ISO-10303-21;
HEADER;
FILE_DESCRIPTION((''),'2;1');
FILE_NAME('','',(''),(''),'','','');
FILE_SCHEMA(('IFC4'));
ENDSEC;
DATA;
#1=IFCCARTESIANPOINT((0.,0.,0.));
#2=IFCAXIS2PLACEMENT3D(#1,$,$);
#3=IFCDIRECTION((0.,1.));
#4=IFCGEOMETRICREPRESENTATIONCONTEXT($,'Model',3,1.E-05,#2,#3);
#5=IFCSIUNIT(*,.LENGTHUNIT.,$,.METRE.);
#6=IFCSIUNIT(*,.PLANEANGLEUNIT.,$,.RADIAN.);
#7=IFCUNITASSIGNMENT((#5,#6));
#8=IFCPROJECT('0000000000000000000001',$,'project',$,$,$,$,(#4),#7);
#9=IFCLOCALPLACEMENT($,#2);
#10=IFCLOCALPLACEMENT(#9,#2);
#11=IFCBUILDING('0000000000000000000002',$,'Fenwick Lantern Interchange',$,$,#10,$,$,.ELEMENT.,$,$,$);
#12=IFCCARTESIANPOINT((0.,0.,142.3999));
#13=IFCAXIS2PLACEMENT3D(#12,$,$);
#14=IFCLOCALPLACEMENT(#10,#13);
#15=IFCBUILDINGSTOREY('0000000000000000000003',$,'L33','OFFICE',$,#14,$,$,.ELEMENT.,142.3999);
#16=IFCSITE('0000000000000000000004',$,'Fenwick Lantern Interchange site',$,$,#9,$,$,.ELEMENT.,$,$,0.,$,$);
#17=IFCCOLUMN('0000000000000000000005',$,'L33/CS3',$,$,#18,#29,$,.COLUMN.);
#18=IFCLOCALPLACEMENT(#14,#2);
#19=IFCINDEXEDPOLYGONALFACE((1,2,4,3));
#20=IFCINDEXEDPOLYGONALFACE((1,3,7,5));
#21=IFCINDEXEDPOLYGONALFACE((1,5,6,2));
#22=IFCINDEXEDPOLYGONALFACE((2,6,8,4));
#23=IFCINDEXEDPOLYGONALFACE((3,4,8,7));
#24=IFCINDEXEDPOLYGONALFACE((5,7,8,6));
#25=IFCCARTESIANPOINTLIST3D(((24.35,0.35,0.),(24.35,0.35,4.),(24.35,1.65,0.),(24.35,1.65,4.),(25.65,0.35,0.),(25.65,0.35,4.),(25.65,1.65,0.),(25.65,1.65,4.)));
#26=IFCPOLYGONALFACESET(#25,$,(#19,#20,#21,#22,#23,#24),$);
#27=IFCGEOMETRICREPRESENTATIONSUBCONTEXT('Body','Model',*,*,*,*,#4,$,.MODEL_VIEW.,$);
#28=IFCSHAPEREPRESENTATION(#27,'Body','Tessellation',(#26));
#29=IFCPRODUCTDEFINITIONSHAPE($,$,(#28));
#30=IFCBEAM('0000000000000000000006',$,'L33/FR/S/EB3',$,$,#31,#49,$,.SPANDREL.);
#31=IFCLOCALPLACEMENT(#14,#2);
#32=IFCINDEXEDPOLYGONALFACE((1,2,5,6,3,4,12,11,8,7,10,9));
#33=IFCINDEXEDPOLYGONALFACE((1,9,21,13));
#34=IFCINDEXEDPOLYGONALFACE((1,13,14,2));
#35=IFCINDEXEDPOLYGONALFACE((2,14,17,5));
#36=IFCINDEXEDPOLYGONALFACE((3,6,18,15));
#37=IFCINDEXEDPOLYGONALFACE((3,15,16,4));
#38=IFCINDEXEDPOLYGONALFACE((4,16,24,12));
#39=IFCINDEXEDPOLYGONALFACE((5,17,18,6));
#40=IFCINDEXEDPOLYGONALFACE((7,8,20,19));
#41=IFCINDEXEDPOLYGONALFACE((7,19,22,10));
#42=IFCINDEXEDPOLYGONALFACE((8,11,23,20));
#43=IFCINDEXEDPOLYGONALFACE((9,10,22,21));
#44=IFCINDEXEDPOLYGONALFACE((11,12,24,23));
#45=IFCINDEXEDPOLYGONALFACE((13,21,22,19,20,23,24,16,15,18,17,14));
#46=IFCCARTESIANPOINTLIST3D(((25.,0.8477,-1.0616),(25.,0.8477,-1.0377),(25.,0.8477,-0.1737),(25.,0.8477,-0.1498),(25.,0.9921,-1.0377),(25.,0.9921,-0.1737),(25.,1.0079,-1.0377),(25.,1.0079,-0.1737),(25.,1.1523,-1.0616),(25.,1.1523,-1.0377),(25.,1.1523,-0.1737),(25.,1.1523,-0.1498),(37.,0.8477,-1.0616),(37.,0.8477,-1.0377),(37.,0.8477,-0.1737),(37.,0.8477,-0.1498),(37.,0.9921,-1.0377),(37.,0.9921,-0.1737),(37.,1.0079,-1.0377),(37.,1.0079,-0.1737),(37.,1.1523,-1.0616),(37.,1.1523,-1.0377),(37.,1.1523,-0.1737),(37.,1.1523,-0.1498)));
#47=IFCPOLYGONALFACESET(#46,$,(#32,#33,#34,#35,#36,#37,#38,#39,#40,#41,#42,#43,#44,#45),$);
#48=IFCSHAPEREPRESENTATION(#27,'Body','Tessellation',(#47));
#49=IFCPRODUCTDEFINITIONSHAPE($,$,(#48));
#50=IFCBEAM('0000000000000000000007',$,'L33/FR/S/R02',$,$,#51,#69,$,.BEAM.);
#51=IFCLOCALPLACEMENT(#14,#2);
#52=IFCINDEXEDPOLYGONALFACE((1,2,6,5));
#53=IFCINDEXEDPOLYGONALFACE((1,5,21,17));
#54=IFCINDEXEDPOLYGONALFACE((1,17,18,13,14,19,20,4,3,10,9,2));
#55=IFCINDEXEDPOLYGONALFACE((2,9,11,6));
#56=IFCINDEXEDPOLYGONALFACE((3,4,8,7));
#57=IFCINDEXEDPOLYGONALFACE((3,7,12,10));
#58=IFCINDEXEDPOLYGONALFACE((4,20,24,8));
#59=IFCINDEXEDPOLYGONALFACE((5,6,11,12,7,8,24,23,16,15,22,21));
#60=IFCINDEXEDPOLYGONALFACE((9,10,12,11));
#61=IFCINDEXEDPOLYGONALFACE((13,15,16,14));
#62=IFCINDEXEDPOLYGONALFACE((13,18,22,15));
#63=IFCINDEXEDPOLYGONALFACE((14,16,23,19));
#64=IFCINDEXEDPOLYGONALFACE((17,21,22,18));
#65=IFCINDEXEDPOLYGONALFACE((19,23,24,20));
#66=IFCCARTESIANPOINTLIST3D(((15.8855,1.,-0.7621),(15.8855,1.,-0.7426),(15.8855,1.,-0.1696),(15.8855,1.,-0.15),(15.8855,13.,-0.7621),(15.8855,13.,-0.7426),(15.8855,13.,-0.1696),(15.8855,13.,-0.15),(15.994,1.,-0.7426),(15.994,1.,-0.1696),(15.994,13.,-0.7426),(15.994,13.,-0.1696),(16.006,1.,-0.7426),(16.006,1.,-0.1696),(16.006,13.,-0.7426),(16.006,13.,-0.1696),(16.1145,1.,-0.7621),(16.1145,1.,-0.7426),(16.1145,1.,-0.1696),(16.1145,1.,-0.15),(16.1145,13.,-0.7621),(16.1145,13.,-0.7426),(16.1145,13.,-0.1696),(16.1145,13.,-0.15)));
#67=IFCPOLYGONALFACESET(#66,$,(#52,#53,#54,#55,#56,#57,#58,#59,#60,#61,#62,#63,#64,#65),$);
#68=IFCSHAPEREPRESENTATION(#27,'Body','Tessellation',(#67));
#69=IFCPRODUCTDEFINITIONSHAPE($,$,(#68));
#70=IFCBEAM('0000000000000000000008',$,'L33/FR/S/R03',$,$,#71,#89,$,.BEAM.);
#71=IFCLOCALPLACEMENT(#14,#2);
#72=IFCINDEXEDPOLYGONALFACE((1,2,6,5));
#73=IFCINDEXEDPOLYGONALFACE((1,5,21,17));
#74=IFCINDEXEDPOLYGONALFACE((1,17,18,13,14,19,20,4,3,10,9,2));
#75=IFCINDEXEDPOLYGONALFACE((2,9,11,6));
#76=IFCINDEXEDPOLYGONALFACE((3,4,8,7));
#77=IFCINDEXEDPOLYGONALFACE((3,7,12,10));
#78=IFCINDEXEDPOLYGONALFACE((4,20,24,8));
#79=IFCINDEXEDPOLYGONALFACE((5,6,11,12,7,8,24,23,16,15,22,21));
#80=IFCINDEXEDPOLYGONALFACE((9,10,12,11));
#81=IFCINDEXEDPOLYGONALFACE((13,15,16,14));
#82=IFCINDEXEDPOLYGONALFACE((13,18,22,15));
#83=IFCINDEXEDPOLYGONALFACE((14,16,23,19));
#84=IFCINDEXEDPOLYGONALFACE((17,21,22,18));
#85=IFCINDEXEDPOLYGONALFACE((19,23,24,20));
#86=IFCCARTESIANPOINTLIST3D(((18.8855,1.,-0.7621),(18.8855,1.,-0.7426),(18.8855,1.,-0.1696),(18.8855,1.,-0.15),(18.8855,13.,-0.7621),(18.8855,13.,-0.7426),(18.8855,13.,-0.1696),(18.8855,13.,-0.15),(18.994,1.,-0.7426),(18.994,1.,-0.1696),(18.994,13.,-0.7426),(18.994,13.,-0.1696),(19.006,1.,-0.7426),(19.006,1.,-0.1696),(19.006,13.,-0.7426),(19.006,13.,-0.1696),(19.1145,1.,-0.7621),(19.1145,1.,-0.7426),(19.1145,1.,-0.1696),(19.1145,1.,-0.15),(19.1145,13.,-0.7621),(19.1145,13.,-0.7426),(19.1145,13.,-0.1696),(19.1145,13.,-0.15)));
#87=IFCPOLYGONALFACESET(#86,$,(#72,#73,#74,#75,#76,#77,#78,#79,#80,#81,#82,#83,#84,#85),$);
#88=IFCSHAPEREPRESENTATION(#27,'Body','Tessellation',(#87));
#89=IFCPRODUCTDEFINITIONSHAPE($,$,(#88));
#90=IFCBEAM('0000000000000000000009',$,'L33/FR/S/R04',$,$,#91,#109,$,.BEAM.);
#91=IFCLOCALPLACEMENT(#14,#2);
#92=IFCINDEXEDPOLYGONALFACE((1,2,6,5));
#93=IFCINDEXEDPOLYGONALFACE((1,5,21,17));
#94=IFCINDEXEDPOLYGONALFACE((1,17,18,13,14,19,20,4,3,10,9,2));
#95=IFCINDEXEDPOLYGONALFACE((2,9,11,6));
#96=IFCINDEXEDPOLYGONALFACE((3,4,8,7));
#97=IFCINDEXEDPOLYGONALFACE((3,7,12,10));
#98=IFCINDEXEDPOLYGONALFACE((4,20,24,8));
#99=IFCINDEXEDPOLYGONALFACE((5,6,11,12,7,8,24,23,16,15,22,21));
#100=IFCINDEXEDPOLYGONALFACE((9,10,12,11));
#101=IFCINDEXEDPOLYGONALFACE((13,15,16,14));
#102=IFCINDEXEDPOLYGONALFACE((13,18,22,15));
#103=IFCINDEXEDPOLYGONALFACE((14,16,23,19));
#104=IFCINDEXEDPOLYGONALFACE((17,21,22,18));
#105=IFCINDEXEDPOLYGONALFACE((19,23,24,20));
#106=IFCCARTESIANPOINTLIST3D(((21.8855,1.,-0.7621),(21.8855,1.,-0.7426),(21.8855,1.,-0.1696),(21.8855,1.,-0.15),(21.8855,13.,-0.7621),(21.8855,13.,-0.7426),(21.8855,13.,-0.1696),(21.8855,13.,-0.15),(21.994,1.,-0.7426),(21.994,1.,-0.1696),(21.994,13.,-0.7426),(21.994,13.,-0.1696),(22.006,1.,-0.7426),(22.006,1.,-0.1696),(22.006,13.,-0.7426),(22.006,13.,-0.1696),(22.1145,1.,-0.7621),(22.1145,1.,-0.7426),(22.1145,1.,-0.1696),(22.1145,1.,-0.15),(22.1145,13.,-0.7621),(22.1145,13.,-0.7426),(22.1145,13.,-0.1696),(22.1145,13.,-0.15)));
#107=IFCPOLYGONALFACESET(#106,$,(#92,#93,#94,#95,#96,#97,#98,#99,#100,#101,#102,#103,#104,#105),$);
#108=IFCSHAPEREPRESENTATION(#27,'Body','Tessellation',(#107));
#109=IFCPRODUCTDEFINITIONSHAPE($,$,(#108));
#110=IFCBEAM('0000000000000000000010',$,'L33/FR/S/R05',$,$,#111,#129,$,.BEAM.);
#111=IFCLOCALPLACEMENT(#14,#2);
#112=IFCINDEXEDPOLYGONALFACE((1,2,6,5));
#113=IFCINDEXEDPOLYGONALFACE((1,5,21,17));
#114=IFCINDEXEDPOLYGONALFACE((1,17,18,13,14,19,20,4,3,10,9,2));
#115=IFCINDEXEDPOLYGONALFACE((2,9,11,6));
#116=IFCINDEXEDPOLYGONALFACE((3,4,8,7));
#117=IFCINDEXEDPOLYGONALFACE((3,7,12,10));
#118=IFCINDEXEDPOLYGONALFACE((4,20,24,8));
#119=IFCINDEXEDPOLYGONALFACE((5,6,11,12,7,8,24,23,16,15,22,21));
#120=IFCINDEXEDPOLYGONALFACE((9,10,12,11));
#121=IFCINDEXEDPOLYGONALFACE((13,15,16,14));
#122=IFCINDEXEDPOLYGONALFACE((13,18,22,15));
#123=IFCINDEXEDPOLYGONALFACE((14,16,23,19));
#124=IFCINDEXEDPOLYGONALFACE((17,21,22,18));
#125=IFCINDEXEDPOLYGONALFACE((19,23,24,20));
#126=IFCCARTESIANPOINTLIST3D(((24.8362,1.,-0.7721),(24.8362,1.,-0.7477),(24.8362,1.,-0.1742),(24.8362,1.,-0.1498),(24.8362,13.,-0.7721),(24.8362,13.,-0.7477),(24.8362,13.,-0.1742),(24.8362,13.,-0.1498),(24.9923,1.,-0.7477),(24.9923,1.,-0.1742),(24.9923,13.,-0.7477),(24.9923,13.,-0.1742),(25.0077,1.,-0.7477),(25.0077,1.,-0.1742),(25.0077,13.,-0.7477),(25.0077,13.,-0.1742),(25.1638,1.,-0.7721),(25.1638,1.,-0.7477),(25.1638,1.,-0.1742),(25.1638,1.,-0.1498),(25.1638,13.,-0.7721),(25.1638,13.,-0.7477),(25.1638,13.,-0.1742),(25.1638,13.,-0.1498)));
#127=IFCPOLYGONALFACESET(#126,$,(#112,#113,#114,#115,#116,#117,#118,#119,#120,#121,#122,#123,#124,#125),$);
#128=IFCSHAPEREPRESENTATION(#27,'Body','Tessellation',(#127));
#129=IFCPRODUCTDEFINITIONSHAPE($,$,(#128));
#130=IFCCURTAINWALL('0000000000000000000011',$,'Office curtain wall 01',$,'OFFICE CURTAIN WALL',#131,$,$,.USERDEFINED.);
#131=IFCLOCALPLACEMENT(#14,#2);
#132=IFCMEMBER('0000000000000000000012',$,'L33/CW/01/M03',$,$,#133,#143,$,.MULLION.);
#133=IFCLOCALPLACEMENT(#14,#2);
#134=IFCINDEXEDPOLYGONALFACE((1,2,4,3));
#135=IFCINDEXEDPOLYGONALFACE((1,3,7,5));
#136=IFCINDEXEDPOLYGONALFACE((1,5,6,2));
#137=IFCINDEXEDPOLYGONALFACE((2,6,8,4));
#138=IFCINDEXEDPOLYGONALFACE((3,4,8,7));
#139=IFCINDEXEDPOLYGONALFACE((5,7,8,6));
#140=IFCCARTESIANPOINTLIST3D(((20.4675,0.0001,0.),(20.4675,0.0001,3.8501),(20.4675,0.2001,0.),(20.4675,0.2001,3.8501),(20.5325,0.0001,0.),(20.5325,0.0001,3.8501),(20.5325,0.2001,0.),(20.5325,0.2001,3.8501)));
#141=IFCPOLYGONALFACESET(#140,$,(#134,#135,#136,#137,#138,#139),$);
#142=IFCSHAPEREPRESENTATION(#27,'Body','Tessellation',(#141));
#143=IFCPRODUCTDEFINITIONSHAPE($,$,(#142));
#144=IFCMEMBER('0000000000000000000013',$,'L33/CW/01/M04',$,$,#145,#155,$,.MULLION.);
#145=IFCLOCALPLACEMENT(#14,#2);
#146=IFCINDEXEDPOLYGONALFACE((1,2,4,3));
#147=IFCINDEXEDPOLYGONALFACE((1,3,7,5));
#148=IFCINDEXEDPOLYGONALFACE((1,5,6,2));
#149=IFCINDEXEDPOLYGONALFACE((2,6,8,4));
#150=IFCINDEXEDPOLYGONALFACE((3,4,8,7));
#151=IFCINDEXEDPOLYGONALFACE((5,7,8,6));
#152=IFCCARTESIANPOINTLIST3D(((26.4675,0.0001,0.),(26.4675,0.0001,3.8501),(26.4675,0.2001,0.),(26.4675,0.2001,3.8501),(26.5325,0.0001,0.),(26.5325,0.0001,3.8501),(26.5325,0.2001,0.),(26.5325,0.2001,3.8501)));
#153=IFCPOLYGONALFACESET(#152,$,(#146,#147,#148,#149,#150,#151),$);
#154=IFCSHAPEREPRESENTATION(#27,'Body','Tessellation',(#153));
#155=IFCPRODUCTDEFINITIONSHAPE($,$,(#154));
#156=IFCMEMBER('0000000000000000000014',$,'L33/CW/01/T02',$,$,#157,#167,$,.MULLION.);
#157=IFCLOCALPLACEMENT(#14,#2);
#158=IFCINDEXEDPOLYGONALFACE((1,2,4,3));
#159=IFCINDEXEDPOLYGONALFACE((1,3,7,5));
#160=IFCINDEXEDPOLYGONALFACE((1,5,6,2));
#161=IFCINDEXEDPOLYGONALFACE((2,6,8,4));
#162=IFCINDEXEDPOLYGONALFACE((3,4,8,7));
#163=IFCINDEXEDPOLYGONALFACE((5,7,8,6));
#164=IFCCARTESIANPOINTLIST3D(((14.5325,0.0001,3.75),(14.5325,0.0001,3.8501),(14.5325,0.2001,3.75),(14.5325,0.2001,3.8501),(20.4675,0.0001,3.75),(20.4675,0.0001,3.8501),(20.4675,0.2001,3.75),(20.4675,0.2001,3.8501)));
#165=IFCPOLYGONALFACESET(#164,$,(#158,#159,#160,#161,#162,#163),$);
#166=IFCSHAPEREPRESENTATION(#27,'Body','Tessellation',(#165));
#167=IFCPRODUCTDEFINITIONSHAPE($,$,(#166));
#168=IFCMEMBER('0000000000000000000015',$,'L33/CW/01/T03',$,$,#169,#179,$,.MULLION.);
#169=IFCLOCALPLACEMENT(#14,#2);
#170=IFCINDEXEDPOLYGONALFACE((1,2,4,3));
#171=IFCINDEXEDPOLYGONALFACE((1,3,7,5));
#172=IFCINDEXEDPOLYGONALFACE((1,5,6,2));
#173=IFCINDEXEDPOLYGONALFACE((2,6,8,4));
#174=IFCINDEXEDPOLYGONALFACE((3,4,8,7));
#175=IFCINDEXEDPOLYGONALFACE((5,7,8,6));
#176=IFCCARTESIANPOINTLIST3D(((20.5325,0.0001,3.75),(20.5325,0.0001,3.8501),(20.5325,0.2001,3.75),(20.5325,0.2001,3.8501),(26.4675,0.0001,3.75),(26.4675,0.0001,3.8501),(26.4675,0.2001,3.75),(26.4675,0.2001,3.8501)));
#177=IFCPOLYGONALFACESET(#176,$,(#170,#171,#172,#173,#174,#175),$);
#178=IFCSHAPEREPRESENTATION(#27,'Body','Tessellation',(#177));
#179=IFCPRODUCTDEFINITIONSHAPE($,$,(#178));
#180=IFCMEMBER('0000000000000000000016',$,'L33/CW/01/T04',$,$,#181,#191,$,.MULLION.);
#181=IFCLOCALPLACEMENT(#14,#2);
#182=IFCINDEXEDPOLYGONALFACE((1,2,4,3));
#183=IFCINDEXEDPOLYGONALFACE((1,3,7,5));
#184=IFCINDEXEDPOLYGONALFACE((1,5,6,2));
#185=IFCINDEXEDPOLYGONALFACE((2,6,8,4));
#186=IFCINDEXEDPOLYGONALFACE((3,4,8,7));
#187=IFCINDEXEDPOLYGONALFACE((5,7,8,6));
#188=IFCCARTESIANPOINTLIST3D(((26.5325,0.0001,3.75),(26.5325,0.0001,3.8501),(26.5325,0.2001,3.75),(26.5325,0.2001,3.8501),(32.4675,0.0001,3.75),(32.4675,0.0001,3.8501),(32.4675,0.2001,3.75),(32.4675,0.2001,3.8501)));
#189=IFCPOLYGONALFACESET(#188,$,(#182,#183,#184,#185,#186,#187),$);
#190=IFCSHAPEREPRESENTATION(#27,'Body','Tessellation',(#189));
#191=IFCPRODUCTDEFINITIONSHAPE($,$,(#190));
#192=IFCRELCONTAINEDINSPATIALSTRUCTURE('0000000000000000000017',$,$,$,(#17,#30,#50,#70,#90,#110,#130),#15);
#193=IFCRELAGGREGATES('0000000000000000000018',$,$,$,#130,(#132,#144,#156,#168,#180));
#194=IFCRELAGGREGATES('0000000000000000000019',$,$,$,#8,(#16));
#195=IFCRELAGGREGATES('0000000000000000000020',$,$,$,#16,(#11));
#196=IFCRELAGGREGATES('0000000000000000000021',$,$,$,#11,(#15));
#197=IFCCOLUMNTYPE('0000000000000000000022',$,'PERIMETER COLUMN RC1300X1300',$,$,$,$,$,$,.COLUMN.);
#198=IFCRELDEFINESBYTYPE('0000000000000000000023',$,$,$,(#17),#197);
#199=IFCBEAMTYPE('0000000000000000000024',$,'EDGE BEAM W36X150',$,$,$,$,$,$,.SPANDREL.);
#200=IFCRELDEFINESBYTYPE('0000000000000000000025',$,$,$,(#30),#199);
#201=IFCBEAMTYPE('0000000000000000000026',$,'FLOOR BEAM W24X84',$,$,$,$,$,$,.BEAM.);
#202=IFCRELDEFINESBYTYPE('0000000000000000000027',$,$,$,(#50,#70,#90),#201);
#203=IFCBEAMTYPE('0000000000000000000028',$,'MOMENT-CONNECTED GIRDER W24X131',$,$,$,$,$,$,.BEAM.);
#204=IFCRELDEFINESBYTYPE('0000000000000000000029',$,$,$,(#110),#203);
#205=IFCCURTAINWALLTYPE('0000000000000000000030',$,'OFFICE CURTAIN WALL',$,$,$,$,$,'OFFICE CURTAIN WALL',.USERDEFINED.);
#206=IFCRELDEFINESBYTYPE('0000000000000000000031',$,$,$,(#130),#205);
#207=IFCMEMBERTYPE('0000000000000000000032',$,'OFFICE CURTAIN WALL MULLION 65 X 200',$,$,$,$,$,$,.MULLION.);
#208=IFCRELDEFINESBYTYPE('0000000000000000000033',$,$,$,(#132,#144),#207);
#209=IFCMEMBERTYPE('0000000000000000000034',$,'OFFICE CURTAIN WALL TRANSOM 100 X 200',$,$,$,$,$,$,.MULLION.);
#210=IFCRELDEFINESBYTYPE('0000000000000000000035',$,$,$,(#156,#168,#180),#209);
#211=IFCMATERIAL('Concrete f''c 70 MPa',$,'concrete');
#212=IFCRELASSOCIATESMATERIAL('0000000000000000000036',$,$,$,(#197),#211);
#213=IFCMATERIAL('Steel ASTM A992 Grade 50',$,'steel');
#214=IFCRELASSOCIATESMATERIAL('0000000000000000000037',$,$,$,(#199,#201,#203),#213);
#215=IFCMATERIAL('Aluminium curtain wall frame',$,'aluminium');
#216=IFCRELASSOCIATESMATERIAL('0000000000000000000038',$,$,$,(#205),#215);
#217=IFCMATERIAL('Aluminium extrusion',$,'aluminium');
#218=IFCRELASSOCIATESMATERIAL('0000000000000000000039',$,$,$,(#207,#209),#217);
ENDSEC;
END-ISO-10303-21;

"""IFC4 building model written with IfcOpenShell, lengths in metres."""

from ifc_helpers import new_model, si_unit, direction, frame, origin, origin_2d, place, context, subcontext, project, spatial, rectangle, i_section, extrude, material, material_profile, profile_set, type_object, element, aggregate, save


model = new_model("IFC4")

# Units and contexts
model_context = context("Model", 3, precision=1e-05, world=origin(), true_north=direction((0.0, 1.0)))
body_context = subcontext(model_context, "Body", "Model", "MODEL_VIEW")
ifc_project = project(units=[si_unit("LENGTHUNIT", "METRE"), si_unit("PLANEANGLEUNIT", "RADIAN")], contexts=[model_context])

# Site, building, storey
site_placement = place(None, origin())
site = spatial("IfcSite", under=ifc_project, at=site_placement, Name="Fenwick Lantern Interchange site", CompositionType="ELEMENT", RefElevation=0.0)
building_placement = place(site_placement, origin())
building = spatial("IfcBuilding", under=site, at=building_placement, Name="Fenwick Lantern Interchange", CompositionType="ELEMENT")
storey_placement = place(building_placement, frame((0.0, 0.0, 142.3999)))
storey = spatial("IfcBuildingStorey", under=building, at=storey_placement, Name="L33", Description="OFFICE", CompositionType="ELEMENT", Elevation=142.3999)

# Column
ifc_material_1 = material(Name="Concrete f'c 70 MPa", Category="concrete")
ifc_material_profile_1 = material_profile(ifc_material_1, rectangle(XDim=1.3, YDim=1.3, at=origin_2d()), Name="RC1300X1300")
ifc_profile_set_1 = profile_set([ifc_material_profile_1], Name="Concrete f'c 70 MPa")
column_type = type_object("IfcColumnType", Name="PERIMETER COLUMN RC1300X1300", PredefinedType="COLUMN", material=ifc_profile_set_1)
column_placement = place(storey_placement, frame((25.0, 1.0, 0.0), z_axis=(0.0, 0.0, 1.0), x_axis=(1.0, 0.0, 0.0)))
element("IfcColumn", 1, at=column_placement, inside=storey, type_object=column_type, Name="L33/CS3", PredefinedType="COLUMN", context=body_context, shape_type="SweptSolid", body=[
    extrude(rectangle(XDim=1.3, YDim=1.3, at=origin_2d()), origin(), (0.0, 0.0, 1.0), 4.0),
])

# Beams
ifc_material_2 = material(Name="Steel ASTM A992 Grade 50", Category="steel")
ifc_material_profile_2 = material_profile(ifc_material_2, i_section(OverallWidth=0.3047, OverallDepth=0.9119, WebThickness=0.0159, FlangeThickness=0.0239, at=origin_2d()), Name="W36X150")
ifc_profile_set_2 = profile_set([ifc_material_profile_2], Name="Steel ASTM A992 Grade 50")
beam_type_1 = type_object("IfcBeamType", Name="EDGE BEAM W36X150", PredefinedType="SPANDREL", material=ifc_profile_set_2)
beam_1_placement = place(storey_placement, frame((25.0, 1.0, -0.6057), z_axis=(1.0, 0.0, 0.0), x_axis=(0.0, 1.0, 0.0)))
element("IfcBeam", 2, at=beam_1_placement, inside=storey, type_object=beam_type_1, Name="L33/FR/S/EB3", PredefinedType="SPANDREL", context=body_context, shape_type="SweptSolid", body=[
    extrude(i_section(OverallWidth=0.3047, OverallDepth=0.9119, WebThickness=0.0159, FlangeThickness=0.0239, at=origin_2d()), origin(), (0.0, 0.0, 1.0), 12.0),
])
ifc_material_profile_3 = material_profile(ifc_material_2, i_section(OverallWidth=0.229, OverallDepth=0.6121, WebThickness=0.012, FlangeThickness=0.0195, at=origin_2d()), Name="W24X84")
ifc_profile_set_3 = profile_set([ifc_material_profile_3], Name="Steel ASTM A992 Grade 50")
beam_type_2 = type_object("IfcBeamType", Name="FLOOR BEAM W24X84", PredefinedType="BEAM", material=ifc_profile_set_3)
for number, where, z_axis, x_axis, name in (
    (3, (16.0, 1.0, -0.4561), (0.0, 1.0, 0.0), (-1.0, 0.0, 0.0), "L33/FR/S/R02"),
    (4, (19.0, 1.0, -0.4561), (0.0, 1.0, 0.0), (-1.0, 0.0, 0.0), "L33/FR/S/R03"),
    (5, (22.0, 1.0, -0.4561), (0.0, 1.0, 0.0), (-1.0, 0.0, 0.0), "L33/FR/S/R04"),
):
    element("IfcBeam", number, at=place(storey_placement, frame(where, z_axis=z_axis, x_axis=x_axis)), inside=storey, type_object=beam_type_2, Name=name, PredefinedType="BEAM", context=body_context, shape_type="SweptSolid", body=[
        extrude(i_section(OverallWidth=0.229, OverallDepth=0.6121, WebThickness=0.012, FlangeThickness=0.0195, at=origin_2d()), origin(), (0.0, 0.0, 1.0), 12.0),
    ])
ifc_material_profile_4 = material_profile(ifc_material_2, i_section(OverallWidth=0.3276, OverallDepth=0.6223, WebThickness=0.0154, FlangeThickness=0.0244, at=origin_2d()), Name="W24X131")
ifc_profile_set_4 = profile_set([ifc_material_profile_4], Name="Steel ASTM A992 Grade 50")
beam_type_3 = type_object("IfcBeamType", Name="MOMENT-CONNECTED GIRDER W24X131", PredefinedType="BEAM", material=ifc_profile_set_4)
beam_2_placement = place(storey_placement, frame((25.0, 1.0, -0.4609), z_axis=(0.0, 1.0, 0.0), x_axis=(-1.0, 0.0, 0.0)))
element("IfcBeam", 6, at=beam_2_placement, inside=storey, type_object=beam_type_3, Name="L33/FR/S/R05", PredefinedType="BEAM", context=body_context, shape_type="SweptSolid", body=[
    extrude(i_section(OverallWidth=0.3276, OverallDepth=0.6223, WebThickness=0.0154, FlangeThickness=0.0244, at=origin_2d()), origin(), (0.0, 0.0, 1.0), 12.0),
])

# Curtain wall, members
ifc_material_3 = material(Name="Aluminium curtain wall frame", Category="aluminium")
curtain_wall_type = type_object("IfcCurtainWallType", Name="OFFICE CURTAIN WALL", ElementType="OFFICE CURTAIN WALL", PredefinedType="USERDEFINED", material=ifc_material_3)
curtain_wall_placement = place(storey_placement, origin())
curtain_wall = element("IfcCurtainWall", 7, at=curtain_wall_placement, inside=storey, type_object=curtain_wall_type, Name="Office curtain wall 01", ObjectType="OFFICE CURTAIN WALL", PredefinedType="USERDEFINED")
ifc_material_4 = material(Name="Aluminium extrusion", Category="aluminium")
ifc_material_profile_5 = material_profile(ifc_material_4, rectangle(XDim=0.2, YDim=0.0649, at=origin_2d()), Name="OFFICE CURTAIN WALL MULLION 65 X 200")
ifc_profile_set_5 = profile_set([ifc_material_profile_5], Name="Aluminium extrusion")
member_type_1 = type_object("IfcMemberType", Name="OFFICE CURTAIN WALL MULLION 65 X 200", PredefinedType="MULLION", material=ifc_profile_set_5)
member_1_placement = place(storey_placement, frame((20.5, 0.1001, 0.0), z_axis=(0.0, 0.0, 1.0), x_axis=(0.0, 1.0, 0.0)))
member_1 = element("IfcMember", 8, at=member_1_placement, type_object=member_type_1, Name="L33/CW/01/M03", PredefinedType="MULLION", context=body_context, shape_type="SweptSolid", body=[
    extrude(rectangle(XDim=0.2, YDim=0.0649, at=origin_2d()), origin(), (0.0, 0.0, 1.0), 3.8501),
])
member_2_placement = place(storey_placement, frame((26.5, 0.1001, 0.0), z_axis=(0.0, 0.0, 1.0), x_axis=(0.0, 1.0, 0.0)))
member_2 = element("IfcMember", 9, at=member_2_placement, type_object=member_type_1, Name="L33/CW/01/M04", PredefinedType="MULLION", context=body_context, shape_type="SweptSolid", body=[
    extrude(rectangle(XDim=0.2, YDim=0.0649, at=origin_2d()), origin(), (0.0, 0.0, 1.0), 3.8501),
])
ifc_material_profile_6 = material_profile(ifc_material_4, rectangle(XDim=0.2, YDim=0.1001, at=origin_2d()), Name="OFFICE CURTAIN WALL TRANSOM 100 X 200")
ifc_profile_set_6 = profile_set([ifc_material_profile_6], Name="Aluminium extrusion")
member_type_2 = type_object("IfcMemberType", Name="OFFICE CURTAIN WALL TRANSOM 100 X 200", PredefinedType="MULLION", material=ifc_profile_set_6)
member_3_placement = place(storey_placement, frame((14.5325, 0.1001, 3.8), z_axis=(1.0, 0.0, 0.0), x_axis=(0.0, 1.0, 0.0)))
member_3 = element("IfcMember", 10, at=member_3_placement, type_object=member_type_2, Name="L33/CW/01/T02", PredefinedType="MULLION", context=body_context, shape_type="SweptSolid", body=[
    extrude(rectangle(XDim=0.2, YDim=0.1001, at=origin_2d()), origin(), (0.0, 0.0, 1.0), 5.9351),
])
member_4_placement = place(storey_placement, frame((20.5325, 0.1001, 3.8), z_axis=(1.0, 0.0, 0.0), x_axis=(0.0, 1.0, 0.0)))
member_4 = element("IfcMember", 11, at=member_4_placement, type_object=member_type_2, Name="L33/CW/01/T03", PredefinedType="MULLION", context=body_context, shape_type="SweptSolid", body=[
    extrude(rectangle(XDim=0.2, YDim=0.1001, at=origin_2d()), origin(), (0.0, 0.0, 1.0), 5.9351),
])
member_5_placement = place(storey_placement, frame((26.5325, 0.1001, 3.8), z_axis=(1.0, 0.0, 0.0), x_axis=(0.0, 1.0, 0.0)))
member_5 = element("IfcMember", 12, at=member_5_placement, type_object=member_type_2, Name="L33/CW/01/T04", PredefinedType="MULLION", context=body_context, shape_type="SweptSolid", body=[
    extrude(rectangle(XDim=0.2, YDim=0.1001, at=origin_2d()), origin(), (0.0, 0.0, 1.0), 5.9351),
])
aggregate(curtain_wall, [member_1, member_2, member_3, member_4, member_5])

save(model, "model.ifc")
